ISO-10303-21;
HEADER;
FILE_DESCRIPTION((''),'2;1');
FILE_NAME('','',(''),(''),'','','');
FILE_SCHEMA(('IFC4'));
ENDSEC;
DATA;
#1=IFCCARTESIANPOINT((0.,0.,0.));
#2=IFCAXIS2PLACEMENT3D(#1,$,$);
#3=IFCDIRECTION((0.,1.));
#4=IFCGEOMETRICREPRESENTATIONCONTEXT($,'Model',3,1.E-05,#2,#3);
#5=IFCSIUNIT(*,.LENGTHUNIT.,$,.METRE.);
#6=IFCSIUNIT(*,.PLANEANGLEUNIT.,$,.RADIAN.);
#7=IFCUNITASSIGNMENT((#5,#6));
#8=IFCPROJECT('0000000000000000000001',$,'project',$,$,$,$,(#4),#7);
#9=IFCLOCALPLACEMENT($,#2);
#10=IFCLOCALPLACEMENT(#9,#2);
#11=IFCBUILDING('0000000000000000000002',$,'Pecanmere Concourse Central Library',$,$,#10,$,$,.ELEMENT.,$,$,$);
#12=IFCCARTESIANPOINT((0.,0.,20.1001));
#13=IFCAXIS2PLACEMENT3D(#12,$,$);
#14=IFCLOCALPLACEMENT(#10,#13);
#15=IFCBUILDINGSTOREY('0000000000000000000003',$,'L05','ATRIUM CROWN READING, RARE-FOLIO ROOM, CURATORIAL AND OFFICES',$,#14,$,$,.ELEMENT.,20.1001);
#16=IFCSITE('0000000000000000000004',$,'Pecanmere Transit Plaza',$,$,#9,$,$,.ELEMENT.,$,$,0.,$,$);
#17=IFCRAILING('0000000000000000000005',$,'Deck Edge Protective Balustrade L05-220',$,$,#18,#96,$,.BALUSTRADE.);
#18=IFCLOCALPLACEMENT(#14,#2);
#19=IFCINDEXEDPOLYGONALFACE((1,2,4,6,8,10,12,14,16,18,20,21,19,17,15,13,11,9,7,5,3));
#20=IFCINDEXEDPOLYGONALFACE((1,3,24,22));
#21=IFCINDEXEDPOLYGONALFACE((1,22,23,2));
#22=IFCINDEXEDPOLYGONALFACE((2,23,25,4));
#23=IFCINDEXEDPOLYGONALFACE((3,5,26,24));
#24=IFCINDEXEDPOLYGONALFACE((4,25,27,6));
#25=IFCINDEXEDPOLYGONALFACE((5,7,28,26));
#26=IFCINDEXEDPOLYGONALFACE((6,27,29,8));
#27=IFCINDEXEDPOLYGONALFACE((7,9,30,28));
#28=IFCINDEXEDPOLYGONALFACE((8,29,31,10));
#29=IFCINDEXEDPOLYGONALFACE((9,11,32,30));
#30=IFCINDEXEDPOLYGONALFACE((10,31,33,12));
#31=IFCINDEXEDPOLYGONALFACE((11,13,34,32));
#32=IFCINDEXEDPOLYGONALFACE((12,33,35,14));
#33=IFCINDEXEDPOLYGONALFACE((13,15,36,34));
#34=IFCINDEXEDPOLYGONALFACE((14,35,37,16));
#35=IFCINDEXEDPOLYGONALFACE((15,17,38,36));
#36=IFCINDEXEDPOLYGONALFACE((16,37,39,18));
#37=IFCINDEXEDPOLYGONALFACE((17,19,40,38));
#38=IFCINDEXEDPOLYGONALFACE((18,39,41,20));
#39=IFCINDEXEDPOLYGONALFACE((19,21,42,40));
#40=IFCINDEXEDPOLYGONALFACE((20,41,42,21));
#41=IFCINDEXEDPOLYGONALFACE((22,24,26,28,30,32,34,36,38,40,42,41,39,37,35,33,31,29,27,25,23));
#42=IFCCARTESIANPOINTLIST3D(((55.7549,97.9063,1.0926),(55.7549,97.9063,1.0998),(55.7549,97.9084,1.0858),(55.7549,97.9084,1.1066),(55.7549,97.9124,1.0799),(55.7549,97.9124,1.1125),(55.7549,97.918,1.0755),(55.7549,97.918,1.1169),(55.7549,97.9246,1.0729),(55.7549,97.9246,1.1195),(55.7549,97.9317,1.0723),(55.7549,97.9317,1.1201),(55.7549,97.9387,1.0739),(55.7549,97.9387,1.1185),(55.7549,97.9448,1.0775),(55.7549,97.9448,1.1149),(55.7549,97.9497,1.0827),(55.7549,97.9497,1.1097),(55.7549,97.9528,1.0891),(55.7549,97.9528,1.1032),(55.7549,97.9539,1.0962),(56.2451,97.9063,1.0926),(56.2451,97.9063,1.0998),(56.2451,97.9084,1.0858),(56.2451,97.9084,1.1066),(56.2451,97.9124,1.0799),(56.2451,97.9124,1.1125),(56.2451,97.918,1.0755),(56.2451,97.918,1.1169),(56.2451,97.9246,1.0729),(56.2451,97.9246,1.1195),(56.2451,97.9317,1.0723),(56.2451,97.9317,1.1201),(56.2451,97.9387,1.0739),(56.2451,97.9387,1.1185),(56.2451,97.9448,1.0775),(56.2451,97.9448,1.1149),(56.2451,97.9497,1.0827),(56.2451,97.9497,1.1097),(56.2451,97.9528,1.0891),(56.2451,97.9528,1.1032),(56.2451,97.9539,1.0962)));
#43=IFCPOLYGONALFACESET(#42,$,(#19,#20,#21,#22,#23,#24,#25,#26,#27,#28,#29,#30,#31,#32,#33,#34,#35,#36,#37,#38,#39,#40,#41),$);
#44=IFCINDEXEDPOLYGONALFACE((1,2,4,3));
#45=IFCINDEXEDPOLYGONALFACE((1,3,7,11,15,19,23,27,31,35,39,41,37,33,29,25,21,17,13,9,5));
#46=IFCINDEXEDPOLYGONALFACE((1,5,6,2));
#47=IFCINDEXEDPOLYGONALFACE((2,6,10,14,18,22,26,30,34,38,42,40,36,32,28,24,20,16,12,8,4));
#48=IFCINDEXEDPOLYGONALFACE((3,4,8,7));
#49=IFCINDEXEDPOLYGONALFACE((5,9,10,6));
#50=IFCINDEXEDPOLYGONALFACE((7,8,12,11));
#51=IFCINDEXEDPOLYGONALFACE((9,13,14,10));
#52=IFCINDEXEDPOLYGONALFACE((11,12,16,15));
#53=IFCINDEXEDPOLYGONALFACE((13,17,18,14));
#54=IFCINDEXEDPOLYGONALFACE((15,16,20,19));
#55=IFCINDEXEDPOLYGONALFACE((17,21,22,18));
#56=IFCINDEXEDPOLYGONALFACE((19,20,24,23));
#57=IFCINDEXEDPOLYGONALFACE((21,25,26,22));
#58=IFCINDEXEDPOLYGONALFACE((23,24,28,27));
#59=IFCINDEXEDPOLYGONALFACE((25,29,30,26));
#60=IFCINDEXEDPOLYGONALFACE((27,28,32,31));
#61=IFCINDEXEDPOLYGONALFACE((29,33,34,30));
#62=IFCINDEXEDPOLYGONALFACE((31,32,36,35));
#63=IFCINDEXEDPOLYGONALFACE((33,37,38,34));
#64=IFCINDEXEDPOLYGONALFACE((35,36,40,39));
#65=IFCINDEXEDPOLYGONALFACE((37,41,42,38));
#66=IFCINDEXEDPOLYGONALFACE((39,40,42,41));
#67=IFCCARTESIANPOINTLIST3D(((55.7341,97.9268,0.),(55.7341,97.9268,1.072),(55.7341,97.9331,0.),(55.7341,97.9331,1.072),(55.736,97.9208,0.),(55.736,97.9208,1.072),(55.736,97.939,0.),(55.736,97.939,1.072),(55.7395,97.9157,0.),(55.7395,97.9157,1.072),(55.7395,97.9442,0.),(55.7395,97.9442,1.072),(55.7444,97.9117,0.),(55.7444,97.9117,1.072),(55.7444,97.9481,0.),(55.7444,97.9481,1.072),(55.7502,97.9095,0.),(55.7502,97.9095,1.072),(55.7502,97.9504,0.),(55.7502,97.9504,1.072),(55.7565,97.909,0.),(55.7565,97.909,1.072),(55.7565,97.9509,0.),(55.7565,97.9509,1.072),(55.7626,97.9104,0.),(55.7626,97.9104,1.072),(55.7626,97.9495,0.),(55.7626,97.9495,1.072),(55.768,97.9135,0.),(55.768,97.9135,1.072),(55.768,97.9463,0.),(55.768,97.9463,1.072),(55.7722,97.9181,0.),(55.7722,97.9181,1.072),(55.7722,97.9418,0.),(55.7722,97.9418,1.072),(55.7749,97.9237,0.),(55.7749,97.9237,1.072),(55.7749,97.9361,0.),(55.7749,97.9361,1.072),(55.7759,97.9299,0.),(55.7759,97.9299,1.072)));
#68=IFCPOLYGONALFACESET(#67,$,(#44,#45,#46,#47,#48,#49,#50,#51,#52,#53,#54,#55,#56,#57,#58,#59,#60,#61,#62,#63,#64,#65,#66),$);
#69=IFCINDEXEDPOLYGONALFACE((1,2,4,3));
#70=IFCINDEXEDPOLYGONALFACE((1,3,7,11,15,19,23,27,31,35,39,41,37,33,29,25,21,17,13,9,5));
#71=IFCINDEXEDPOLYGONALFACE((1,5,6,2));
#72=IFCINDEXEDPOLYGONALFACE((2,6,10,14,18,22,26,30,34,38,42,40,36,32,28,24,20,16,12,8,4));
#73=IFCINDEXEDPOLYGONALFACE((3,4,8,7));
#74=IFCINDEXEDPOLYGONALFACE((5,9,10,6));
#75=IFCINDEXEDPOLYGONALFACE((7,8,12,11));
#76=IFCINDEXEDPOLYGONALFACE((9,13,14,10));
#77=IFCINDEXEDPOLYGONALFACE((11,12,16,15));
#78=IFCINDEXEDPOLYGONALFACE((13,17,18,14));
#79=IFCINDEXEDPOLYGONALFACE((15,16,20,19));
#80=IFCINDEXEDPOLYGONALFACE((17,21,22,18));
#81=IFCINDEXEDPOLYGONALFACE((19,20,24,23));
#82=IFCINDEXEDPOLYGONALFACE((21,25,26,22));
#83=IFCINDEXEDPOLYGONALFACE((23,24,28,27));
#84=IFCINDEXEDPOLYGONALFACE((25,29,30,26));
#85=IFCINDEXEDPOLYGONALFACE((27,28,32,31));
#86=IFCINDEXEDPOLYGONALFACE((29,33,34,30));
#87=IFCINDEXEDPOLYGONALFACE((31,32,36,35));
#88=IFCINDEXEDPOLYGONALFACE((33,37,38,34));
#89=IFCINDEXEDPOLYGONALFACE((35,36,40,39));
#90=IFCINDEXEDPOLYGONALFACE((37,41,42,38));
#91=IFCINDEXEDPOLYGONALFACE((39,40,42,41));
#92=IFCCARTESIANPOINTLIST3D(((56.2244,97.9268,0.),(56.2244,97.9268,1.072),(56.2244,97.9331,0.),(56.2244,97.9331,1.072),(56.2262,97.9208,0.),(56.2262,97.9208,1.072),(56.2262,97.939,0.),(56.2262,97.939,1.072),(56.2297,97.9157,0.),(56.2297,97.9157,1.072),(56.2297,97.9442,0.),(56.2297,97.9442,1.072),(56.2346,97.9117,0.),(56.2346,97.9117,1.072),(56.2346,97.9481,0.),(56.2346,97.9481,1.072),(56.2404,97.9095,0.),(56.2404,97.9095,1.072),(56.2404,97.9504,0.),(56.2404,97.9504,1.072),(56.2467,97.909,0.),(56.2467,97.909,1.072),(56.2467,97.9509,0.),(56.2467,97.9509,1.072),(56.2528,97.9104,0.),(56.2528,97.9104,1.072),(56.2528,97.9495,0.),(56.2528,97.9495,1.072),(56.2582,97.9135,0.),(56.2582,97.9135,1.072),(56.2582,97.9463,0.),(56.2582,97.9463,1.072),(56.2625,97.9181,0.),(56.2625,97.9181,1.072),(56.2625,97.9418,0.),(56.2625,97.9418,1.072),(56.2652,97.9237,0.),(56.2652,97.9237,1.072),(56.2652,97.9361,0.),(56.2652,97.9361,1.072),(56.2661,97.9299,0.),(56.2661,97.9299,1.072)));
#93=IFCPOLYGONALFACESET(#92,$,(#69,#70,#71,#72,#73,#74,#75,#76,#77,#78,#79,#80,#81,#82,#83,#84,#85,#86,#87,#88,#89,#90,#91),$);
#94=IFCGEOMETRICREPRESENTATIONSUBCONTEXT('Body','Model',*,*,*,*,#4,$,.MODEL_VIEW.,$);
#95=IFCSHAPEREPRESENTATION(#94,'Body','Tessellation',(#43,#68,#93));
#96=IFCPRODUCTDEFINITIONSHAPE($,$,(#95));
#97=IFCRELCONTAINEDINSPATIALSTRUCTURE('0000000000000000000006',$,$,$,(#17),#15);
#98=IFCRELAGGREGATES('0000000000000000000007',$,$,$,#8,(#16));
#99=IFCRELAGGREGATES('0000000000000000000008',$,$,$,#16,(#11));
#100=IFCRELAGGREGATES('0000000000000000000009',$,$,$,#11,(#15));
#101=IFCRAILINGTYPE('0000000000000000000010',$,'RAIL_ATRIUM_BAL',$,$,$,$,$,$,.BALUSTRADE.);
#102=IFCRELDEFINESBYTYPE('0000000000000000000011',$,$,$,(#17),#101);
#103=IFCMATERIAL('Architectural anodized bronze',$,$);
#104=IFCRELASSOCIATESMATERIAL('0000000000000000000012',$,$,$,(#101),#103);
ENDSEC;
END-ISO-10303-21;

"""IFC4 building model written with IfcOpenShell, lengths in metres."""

from ifc_helpers import new_model, si_unit, direction, frame, origin, origin_2d, place, context, subcontext, project, spatial, circle, extrude, material, type_object, element, save


model = new_model("IFC4")

# Units and contexts
model_context = context("Model", 3, precision=1e-05, world=origin(), true_north=direction((0.0, 1.0)))
body_context = subcontext(model_context, "Body", "Model", "MODEL_VIEW")
ifc_project = project(units=[si_unit("LENGTHUNIT", "METRE"), si_unit("PLANEANGLEUNIT", "RADIAN")], contexts=[model_context])

# Site, building, storey
site_placement = place(None, origin())
site = spatial("IfcSite", under=ifc_project, at=site_placement, Name="Pecanmere Transit Plaza", CompositionType="ELEMENT", RefElevation=0.0)
building_placement = place(site_placement, origin())
building = spatial("IfcBuilding", under=site, at=building_placement, Name="Pecanmere Concourse Central Library", CompositionType="ELEMENT")
storey_placement = place(building_placement, frame((0.0, 0.0, 20.1001)))
storey = spatial("IfcBuildingStorey", under=building, at=storey_placement, Name="L05", Description="ATRIUM CROWN READING, RARE-FOLIO ROOM, CURATORIAL AND OFFICES", CompositionType="ELEMENT", Elevation=20.1001)

# Railing
ifc_material_1 = material(Name="Architectural anodized bronze")
railing_type = type_object("IfcRailingType", Name="RAIL_ATRIUM_BAL", PredefinedType="BALUSTRADE", material=ifc_material_1)
railing_1_placement = place(storey_placement, frame((55.7549, 97.9299, 0.0)))
element("IfcRailing", 1, at=railing_1_placement, inside=storey, type_object=railing_type, Name="Deck Edge Protective Balustrade L05-220", PredefinedType="BALUSTRADE", context=body_context, shape_type="SweptSolid", body=[
    extrude(circle(Radius=0.0239, at=origin_2d()), frame((0.0, 0.0, 1.0962), z_axis=(1.0, 0.0, 0.0), x_axis=(0.0, 1.0, 0.0)), (0.0, 0.0, 1.0), 0.4902),
    extrude(circle(Radius=0.021, at=origin_2d()), origin(), (0.0, 0.0, 1.0), 1.072),
    extrude(circle(Radius=0.021, at=origin_2d()), frame((0.4902, 0.0, 0.0)), (0.0, 0.0, 1.0), 1.072),
])

save(model, "model.ifc")
